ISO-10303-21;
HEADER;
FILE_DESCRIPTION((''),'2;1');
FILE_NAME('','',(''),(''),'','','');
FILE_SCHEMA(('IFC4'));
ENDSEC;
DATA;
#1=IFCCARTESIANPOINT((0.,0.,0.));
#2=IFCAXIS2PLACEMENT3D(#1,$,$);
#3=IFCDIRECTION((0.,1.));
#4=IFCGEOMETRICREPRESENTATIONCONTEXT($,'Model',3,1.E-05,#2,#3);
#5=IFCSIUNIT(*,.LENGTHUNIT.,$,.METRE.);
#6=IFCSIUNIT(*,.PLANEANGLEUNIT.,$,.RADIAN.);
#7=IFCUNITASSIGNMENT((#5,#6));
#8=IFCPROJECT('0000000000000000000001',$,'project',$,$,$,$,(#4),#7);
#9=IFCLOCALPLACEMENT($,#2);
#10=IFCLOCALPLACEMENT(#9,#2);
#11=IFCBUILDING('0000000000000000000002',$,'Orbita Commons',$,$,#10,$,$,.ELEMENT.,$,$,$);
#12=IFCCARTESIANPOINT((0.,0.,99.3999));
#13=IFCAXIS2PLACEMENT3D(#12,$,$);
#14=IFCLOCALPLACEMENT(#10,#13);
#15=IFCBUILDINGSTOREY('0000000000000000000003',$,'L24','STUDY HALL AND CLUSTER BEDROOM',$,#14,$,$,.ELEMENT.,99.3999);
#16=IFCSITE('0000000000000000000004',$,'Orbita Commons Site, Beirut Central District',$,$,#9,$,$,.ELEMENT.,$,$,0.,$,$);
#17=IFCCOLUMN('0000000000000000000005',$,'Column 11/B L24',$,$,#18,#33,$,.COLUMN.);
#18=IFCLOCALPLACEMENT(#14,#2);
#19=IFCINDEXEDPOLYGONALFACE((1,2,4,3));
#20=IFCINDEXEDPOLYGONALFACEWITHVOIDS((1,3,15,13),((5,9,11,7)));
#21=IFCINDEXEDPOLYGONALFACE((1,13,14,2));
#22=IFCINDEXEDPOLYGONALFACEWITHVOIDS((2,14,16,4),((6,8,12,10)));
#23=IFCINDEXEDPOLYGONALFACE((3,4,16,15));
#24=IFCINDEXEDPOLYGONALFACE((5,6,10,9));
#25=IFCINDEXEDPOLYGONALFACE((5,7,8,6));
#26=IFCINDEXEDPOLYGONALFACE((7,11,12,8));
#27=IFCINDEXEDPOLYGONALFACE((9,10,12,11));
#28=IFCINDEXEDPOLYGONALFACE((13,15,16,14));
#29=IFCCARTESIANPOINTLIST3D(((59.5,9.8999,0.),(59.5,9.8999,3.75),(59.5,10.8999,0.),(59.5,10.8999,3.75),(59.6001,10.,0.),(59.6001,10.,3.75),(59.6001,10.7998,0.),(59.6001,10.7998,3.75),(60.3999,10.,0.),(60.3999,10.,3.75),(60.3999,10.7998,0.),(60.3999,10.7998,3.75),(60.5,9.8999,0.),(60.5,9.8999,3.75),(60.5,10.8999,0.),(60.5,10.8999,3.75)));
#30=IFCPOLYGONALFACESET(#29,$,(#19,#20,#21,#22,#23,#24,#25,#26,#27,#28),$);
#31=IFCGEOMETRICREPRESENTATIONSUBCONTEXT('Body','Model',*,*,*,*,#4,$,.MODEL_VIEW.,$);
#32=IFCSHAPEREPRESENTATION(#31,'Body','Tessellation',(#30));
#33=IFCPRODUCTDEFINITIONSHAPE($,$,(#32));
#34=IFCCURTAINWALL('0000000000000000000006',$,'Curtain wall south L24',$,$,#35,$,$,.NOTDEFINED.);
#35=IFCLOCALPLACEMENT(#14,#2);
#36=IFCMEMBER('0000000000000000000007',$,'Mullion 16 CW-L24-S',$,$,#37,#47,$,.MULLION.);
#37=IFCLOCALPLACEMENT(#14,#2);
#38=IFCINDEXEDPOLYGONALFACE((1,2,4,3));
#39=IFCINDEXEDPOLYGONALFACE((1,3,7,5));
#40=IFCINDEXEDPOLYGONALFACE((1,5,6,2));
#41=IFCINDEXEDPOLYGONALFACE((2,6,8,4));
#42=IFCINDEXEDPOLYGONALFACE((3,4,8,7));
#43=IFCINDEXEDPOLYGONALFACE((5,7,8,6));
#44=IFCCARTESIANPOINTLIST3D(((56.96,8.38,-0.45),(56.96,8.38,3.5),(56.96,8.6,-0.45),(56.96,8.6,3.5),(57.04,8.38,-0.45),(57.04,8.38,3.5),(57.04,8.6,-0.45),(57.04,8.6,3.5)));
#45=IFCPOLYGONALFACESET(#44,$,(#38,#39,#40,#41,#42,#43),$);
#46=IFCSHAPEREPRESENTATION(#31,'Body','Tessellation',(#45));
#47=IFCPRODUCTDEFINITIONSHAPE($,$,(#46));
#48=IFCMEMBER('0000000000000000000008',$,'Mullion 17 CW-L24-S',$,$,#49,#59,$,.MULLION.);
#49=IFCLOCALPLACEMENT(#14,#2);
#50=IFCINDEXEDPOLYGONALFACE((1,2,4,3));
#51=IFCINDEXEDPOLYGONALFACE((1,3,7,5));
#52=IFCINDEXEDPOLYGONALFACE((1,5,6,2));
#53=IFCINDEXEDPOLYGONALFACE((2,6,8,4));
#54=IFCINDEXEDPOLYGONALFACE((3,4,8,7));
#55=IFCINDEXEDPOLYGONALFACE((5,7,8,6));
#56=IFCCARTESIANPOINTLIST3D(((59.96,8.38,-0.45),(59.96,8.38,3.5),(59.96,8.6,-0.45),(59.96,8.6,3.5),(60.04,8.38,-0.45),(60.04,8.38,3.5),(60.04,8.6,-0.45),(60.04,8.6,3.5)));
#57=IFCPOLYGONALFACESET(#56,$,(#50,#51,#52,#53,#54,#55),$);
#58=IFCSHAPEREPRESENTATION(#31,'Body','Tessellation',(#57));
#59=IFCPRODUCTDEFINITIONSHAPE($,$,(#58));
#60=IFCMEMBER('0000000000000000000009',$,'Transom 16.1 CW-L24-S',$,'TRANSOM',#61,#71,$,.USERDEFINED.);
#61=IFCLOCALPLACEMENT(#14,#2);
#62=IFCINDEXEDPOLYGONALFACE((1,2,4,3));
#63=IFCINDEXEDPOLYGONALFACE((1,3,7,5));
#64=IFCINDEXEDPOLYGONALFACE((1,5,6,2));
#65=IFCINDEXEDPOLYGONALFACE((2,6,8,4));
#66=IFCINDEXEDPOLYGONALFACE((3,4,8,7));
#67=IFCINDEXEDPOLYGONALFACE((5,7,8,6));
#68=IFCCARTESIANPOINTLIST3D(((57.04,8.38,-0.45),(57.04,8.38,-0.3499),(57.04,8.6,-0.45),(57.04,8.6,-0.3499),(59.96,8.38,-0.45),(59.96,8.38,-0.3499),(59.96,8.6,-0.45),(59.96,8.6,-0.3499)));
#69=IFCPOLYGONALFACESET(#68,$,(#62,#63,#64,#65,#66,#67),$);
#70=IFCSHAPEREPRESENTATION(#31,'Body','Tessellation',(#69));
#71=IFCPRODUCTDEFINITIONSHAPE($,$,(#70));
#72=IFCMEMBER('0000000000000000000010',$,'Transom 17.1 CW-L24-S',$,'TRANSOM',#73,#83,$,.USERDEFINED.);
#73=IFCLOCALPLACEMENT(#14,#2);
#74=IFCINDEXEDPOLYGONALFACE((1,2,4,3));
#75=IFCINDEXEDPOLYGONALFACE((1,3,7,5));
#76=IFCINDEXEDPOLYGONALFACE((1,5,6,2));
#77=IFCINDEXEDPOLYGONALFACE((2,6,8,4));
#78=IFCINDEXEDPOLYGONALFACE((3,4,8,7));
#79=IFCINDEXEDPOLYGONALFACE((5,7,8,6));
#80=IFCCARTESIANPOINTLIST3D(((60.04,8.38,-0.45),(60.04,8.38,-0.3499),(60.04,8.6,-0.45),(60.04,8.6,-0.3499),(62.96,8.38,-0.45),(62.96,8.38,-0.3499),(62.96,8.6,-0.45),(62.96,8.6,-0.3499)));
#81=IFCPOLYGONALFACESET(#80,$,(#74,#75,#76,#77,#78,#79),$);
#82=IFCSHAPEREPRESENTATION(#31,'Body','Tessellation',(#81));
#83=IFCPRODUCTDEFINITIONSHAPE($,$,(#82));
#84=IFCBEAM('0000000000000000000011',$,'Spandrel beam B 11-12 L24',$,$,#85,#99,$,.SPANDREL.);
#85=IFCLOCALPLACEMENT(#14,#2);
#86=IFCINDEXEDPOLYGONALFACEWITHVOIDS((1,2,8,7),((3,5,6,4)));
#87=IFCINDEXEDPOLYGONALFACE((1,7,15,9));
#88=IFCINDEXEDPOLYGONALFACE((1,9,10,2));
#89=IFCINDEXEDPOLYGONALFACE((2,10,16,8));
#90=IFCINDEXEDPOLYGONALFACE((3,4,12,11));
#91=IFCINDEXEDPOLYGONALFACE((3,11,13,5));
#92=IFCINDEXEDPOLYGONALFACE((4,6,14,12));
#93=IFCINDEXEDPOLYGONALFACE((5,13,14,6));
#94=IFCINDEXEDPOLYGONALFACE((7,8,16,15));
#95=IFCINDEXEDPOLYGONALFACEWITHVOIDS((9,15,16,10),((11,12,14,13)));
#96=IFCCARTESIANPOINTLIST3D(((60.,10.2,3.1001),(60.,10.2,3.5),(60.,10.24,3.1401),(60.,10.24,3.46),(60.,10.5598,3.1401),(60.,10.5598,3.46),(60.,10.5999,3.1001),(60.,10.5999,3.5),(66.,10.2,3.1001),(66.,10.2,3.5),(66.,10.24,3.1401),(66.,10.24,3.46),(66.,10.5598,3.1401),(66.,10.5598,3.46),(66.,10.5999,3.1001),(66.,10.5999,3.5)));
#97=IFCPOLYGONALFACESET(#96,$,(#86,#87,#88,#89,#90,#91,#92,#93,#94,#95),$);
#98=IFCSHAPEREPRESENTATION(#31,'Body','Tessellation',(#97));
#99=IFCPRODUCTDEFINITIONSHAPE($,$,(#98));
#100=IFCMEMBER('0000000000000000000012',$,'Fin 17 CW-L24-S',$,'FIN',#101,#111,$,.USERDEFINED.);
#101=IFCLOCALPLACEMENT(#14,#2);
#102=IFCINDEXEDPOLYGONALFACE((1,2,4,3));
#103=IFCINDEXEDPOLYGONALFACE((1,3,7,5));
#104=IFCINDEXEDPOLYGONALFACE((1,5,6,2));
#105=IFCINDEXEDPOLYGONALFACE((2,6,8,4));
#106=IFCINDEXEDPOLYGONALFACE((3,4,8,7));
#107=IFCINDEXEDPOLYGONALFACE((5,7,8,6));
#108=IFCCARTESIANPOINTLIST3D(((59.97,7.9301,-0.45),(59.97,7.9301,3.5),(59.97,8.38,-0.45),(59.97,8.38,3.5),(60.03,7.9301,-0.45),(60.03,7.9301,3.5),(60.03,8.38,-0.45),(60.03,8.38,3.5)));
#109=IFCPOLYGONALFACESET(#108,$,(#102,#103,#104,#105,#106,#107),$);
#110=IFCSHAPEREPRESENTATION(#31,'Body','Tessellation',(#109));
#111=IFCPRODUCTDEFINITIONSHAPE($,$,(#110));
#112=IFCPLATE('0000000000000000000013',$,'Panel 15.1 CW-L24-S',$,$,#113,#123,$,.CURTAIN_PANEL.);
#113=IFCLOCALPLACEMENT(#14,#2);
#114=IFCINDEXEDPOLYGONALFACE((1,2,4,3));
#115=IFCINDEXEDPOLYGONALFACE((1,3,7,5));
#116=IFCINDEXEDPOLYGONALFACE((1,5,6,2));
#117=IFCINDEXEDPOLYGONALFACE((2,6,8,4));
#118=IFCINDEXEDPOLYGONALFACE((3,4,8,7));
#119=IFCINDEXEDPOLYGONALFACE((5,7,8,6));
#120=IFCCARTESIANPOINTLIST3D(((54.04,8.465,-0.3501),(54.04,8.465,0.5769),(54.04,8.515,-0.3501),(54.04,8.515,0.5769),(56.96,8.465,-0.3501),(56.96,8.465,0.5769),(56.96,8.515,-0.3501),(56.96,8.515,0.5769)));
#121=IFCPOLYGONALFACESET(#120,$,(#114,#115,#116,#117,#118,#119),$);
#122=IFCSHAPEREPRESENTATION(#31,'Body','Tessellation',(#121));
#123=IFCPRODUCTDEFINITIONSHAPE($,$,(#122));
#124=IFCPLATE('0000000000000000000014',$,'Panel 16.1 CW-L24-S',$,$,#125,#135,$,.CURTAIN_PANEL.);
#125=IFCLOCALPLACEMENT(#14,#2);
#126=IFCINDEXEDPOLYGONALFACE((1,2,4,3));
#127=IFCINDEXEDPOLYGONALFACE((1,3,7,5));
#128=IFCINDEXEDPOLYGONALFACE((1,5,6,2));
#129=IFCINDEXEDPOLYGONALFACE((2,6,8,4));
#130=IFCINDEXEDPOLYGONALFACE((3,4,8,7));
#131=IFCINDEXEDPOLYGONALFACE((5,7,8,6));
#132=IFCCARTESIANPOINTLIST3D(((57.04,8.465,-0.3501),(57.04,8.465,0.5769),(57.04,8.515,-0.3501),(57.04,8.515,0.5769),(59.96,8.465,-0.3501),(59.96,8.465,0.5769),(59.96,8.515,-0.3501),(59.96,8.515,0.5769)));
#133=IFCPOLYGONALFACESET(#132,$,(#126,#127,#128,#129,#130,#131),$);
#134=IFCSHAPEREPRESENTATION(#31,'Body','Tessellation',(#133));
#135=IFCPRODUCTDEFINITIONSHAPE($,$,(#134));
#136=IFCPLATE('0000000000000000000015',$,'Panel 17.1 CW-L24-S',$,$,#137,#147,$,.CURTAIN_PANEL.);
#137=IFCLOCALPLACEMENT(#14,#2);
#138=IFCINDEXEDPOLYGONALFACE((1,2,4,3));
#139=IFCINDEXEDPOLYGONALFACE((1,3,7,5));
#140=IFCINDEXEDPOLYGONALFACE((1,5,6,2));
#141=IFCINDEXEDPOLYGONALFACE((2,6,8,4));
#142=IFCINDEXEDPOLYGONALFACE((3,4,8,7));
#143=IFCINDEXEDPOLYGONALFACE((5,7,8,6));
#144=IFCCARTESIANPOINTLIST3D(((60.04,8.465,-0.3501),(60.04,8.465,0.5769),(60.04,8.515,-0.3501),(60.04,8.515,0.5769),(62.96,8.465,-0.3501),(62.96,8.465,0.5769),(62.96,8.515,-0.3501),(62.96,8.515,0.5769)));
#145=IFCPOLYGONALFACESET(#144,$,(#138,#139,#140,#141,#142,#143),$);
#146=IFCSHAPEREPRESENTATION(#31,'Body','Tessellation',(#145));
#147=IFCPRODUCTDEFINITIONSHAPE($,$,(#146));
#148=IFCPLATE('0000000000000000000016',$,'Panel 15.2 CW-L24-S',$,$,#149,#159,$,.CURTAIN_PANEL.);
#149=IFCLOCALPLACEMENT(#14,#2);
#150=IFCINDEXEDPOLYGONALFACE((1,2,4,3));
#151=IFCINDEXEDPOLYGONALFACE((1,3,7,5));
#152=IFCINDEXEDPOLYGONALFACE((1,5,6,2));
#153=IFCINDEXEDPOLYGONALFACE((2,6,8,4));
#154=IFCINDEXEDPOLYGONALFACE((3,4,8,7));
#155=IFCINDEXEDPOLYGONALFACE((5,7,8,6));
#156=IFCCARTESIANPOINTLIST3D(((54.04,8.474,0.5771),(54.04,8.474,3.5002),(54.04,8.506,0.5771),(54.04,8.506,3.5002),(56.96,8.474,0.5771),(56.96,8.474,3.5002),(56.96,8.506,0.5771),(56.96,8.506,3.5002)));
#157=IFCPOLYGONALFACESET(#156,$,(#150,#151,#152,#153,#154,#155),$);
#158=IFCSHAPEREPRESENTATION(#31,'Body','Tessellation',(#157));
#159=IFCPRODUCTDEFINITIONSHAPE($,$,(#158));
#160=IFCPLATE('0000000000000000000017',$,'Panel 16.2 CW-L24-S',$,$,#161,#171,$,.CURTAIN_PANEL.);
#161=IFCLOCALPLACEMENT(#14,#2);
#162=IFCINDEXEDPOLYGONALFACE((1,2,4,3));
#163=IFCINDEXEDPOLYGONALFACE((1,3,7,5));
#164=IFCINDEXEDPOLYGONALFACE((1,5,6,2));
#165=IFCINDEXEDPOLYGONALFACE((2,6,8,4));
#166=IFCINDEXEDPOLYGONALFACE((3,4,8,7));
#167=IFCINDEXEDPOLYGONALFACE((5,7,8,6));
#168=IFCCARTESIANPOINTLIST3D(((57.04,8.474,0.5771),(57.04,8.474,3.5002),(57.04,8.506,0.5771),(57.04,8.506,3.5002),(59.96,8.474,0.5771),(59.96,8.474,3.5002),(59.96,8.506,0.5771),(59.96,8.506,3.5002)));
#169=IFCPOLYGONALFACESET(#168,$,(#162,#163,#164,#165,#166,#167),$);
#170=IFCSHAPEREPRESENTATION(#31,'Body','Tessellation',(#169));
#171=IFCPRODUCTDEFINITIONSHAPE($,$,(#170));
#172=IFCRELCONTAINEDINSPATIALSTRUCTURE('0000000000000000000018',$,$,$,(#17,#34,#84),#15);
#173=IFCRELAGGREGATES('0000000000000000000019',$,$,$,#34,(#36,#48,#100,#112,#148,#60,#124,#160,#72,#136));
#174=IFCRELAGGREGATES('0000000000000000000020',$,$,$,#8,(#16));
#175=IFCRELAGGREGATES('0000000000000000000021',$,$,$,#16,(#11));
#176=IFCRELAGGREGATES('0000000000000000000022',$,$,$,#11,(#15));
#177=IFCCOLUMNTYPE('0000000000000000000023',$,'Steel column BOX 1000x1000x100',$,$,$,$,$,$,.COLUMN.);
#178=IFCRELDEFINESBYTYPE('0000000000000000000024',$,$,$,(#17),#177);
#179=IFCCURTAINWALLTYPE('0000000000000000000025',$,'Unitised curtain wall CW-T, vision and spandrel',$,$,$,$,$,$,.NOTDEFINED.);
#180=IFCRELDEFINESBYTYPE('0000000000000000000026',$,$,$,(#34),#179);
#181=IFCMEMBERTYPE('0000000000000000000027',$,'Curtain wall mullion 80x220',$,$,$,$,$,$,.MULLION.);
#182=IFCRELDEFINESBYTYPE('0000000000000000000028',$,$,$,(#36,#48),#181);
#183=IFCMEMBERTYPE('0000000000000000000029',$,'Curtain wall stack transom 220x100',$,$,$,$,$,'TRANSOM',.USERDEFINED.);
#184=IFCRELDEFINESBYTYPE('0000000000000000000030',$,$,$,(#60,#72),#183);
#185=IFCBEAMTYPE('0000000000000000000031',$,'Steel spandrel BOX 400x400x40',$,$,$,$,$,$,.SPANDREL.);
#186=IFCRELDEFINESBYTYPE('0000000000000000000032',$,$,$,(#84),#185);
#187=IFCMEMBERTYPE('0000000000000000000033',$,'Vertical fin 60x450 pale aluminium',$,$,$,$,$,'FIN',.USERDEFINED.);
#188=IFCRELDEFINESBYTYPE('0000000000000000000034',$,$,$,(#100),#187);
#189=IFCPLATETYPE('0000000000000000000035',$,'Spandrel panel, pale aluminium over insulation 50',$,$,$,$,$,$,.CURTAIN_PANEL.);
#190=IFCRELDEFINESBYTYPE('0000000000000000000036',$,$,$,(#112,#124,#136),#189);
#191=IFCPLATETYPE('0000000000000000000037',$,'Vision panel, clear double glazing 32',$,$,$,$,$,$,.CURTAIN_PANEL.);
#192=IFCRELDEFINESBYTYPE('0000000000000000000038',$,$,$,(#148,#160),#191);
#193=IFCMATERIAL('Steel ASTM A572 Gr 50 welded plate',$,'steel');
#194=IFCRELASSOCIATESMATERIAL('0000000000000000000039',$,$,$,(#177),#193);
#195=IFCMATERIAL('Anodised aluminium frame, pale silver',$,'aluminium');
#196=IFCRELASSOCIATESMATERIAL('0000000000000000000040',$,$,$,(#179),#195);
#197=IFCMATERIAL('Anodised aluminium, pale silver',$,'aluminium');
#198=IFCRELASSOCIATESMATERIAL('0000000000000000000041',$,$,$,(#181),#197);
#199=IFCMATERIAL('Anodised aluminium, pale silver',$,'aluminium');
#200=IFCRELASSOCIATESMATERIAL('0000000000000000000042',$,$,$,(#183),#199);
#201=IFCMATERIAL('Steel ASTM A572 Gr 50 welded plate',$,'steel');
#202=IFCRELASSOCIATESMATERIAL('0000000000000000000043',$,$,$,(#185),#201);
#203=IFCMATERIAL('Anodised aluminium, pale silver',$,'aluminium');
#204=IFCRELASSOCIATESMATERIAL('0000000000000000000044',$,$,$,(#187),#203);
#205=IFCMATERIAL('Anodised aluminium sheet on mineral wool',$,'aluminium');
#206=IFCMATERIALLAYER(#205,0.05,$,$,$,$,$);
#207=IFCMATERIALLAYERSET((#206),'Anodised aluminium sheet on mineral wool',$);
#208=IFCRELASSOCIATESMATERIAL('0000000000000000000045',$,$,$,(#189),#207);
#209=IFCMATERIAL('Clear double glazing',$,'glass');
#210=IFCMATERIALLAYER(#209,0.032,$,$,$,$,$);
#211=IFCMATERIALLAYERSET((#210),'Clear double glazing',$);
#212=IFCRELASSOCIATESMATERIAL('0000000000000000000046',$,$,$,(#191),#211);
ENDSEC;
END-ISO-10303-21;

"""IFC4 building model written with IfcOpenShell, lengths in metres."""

from ifc_helpers import new_model, si_unit, direction, frame, origin, origin_2d, place, context, subcontext, project, spatial, rectangle, hollow_rectangle, extrude, material, layer, layer_set, material_profile, profile_set, type_object, element, aggregate, save


model = new_model("IFC4")

# Units and contexts
model_context = context("Model", 3, precision=1e-05, world=origin(), true_north=direction((0.0, 1.0)))
body_context = subcontext(model_context, "Body", "Model", "MODEL_VIEW")
ifc_project = project(units=[si_unit("LENGTHUNIT", "METRE"), si_unit("PLANEANGLEUNIT", "RADIAN")], contexts=[model_context])

# Site, building, storey
site_placement = place(None, origin())
site = spatial("IfcSite", under=ifc_project, at=site_placement, Name="Orbita Commons Site, Beirut Central District", CompositionType="ELEMENT", RefElevation=0.0)
building_placement = place(site_placement, origin())
building = spatial("IfcBuilding", under=site, at=building_placement, Name="Orbita Commons", CompositionType="ELEMENT")
storey_placement = place(building_placement, frame((0.0, 0.0, 99.3999)))
storey = spatial("IfcBuildingStorey", under=building, at=storey_placement, Name="L24", Description="STUDY HALL AND CLUSTER BEDROOM", CompositionType="ELEMENT", Elevation=99.3999)

# Column
ifc_material_1 = material(Name="Steel ASTM A572 Gr 50 welded plate", Category="steel")
ifc_material_profile_1 = material_profile(ifc_material_1, hollow_rectangle(XDim=1.0, YDim=1.0, WallThickness=0.1001, at=origin_2d()), Name="BOX 1000x1000x100")
ifc_profile_set_1 = profile_set([ifc_material_profile_1], Name="Steel ASTM A572 Gr 50 welded plate")
column_type = type_object("IfcColumnType", Name="Steel column BOX 1000x1000x100", PredefinedType="COLUMN", material=ifc_profile_set_1)
column_placement = place(storey_placement, frame((60.0, 10.3999, 0.0), z_axis=(0.0, 0.0, 1.0), x_axis=(1.0, 0.0, 0.0)))
element("IfcColumn", 1, at=column_placement, inside=storey, type_object=column_type, Name="Column 11/B L24", PredefinedType="COLUMN", context=body_context, shape_type="SweptSolid", body=[
    extrude(hollow_rectangle(XDim=1.0, YDim=1.0, WallThickness=0.1001, at=origin_2d()), origin(), (0.0, 0.0, 1.0), 3.75),
])

# Curtain wall, members
ifc_material_2 = material(Name="Anodised aluminium frame, pale silver", Category="aluminium")
curtain_wall_type = type_object("IfcCurtainWallType", Name="Unitised curtain wall CW-T, vision and spandrel", PredefinedType="NOTDEFINED", material=ifc_material_2)
curtain_wall_placement = place(storey_placement, origin())
curtain_wall = element("IfcCurtainWall", 2, at=curtain_wall_placement, inside=storey, type_object=curtain_wall_type, Name="Curtain wall south L24", PredefinedType="NOTDEFINED")
ifc_material_3 = material(Name="Anodised aluminium, pale silver", Category="aluminium")
ifc_material_profile_2 = material_profile(ifc_material_3, rectangle(XDim=0.0801, YDim=0.22, at=origin_2d()), Name="AL 80x220")
ifc_profile_set_2 = profile_set([ifc_material_profile_2], Name="Anodised aluminium, pale silver")
member_type_1 = type_object("IfcMemberType", Name="Curtain wall mullion 80x220", PredefinedType="MULLION", material=ifc_profile_set_2)
member_1_placement = place(storey_placement, frame((57.0, 8.49, -0.45), z_axis=(0.0, 0.0, 1.0), x_axis=(1.0, 0.0, 0.0)))
member_1 = element("IfcMember", 3, at=member_1_placement, type_object=member_type_1, Name="Mullion 16 CW-L24-S", PredefinedType="MULLION", context=body_context, shape_type="SweptSolid", body=[
    extrude(rectangle(XDim=0.0801, YDim=0.22, at=origin_2d()), origin(), (0.0, 0.0, 1.0), 3.95),
])
member_2_placement = place(storey_placement, frame((60.0, 8.49, -0.45), z_axis=(0.0, 0.0, 1.0), x_axis=(1.0, 0.0, 0.0)))
member_2 = element("IfcMember", 4, at=member_2_placement, type_object=member_type_1, Name="Mullion 17 CW-L24-S", PredefinedType="MULLION", context=body_context, shape_type="SweptSolid", body=[
    extrude(rectangle(XDim=0.0801, YDim=0.22, at=origin_2d()), origin(), (0.0, 0.0, 1.0), 3.95),
])
ifc_material_4 = material(Name="Anodised aluminium, pale silver", Category="aluminium")
ifc_material_profile_3 = material_profile(ifc_material_4, rectangle(XDim=0.22, YDim=0.1001, at=origin_2d()), Name="AL 220x100")
ifc_profile_set_3 = profile_set([ifc_material_profile_3], Name="Anodised aluminium, pale silver")
member_type_2 = type_object("IfcMemberType", Name="Curtain wall stack transom 220x100", ElementType="TRANSOM", PredefinedType="USERDEFINED", material=ifc_profile_set_3)
member_3_placement = place(storey_placement, frame((57.04, 8.49, -0.3999), z_axis=(1.0, 0.0, 0.0), x_axis=(0.0, 1.0, 0.0)))
member_3 = element("IfcMember", 5, at=member_3_placement, type_object=member_type_2, Name="Transom 16.1 CW-L24-S", ObjectType="TRANSOM", PredefinedType="USERDEFINED", context=body_context, shape_type="SweptSolid", body=[
    extrude(rectangle(XDim=0.22, YDim=0.1001, at=origin_2d()), origin(), (0.0, 0.0, 1.0), 2.9199),
])
member_4_placement = place(storey_placement, frame((60.04, 8.49, -0.3999), z_axis=(1.0, 0.0, 0.0), x_axis=(0.0, 1.0, 0.0)))
member_4 = element("IfcMember", 6, at=member_4_placement, type_object=member_type_2, Name="Transom 17.1 CW-L24-S", ObjectType="TRANSOM", PredefinedType="USERDEFINED", context=body_context, shape_type="SweptSolid", body=[
    extrude(rectangle(XDim=0.22, YDim=0.1001, at=origin_2d()), origin(), (0.0, 0.0, 1.0), 2.9199),
])

# Beam
ifc_material_5 = material(Name="Steel ASTM A572 Gr 50 welded plate", Category="steel")
ifc_material_profile_4 = material_profile(ifc_material_5, hollow_rectangle(XDim=0.3999, YDim=0.3999, WallThickness=0.04, at=origin_2d()), Name="BOX 400x400x40")
ifc_profile_set_4 = profile_set([ifc_material_profile_4], Name="Steel ASTM A572 Gr 50 welded plate")
beam_type = type_object("IfcBeamType", Name="Steel spandrel BOX 400x400x40", PredefinedType="SPANDREL", material=ifc_profile_set_4)
beam_placement = place(storey_placement, frame((60.0, 10.3999, 3.3), z_axis=(1.0, 0.0, 0.0), x_axis=(0.0, 1.0, 0.0)))
element("IfcBeam", 7, at=beam_placement, inside=storey, type_object=beam_type, Name="Spandrel beam B 11-12 L24", PredefinedType="SPANDREL", context=body_context, shape_type="SweptSolid", body=[
    extrude(hollow_rectangle(XDim=0.3999, YDim=0.3999, WallThickness=0.04, at=origin_2d()), origin(), (0.0, 0.0, 1.0), 6.0),
])

# Member
ifc_material_6 = material(Name="Anodised aluminium, pale silver", Category="aluminium")
ifc_material_profile_5 = material_profile(ifc_material_6, rectangle(XDim=0.0601, YDim=0.45, at=origin_2d()), Name="FIN 60x450")
ifc_profile_set_5 = profile_set([ifc_material_profile_5], Name="Anodised aluminium, pale silver")
member_type_3 = type_object("IfcMemberType", Name="Vertical fin 60x450 pale aluminium", ElementType="FIN", PredefinedType="USERDEFINED", material=ifc_profile_set_5)
member_5_placement = place(storey_placement, frame((60.0, 8.155, -0.45), z_axis=(0.0, 0.0, 1.0), x_axis=(1.0, 0.0, 0.0)))
member_5 = element("IfcMember", 8, at=member_5_placement, type_object=member_type_3, Name="Fin 17 CW-L24-S", ObjectType="FIN", PredefinedType="USERDEFINED", context=body_context, shape_type="SweptSolid", body=[
    extrude(rectangle(XDim=0.0601, YDim=0.45, at=origin_2d()), origin(), (0.0, 0.0, 1.0), 3.95),
])

# Plates
ifc_material_7 = material(Name="Anodised aluminium sheet on mineral wool", Category="aluminium")
ifc_layer_1 = layer(ifc_material_7, 0.05)
ifc_layer_set_1 = layer_set([ifc_layer_1], Name="Anodised aluminium sheet on mineral wool")
plate_type_1 = type_object("IfcPlateType", Name="Spandrel panel, pale aluminium over insulation 50", PredefinedType="CURTAIN_PANEL", material=ifc_layer_set_1)
plate_1_placement = place(storey_placement, frame((55.5, 8.49, -0.3501), z_axis=(0.0, 0.0, 1.0), x_axis=(1.0, 0.0, 0.0)))
plate_1 = element("IfcPlate", 9, at=plate_1_placement, type_object=plate_type_1, Name="Panel 15.1 CW-L24-S", PredefinedType="CURTAIN_PANEL", context=body_context, shape_type="SweptSolid", body=[
    extrude(rectangle(XDim=2.9199, YDim=0.05, at=origin_2d()), origin(), (0.0, 0.0, 1.0), 0.927),
])
plate_2_placement = place(storey_placement, frame((58.5, 8.49, -0.3501), z_axis=(0.0, 0.0, 1.0), x_axis=(1.0, 0.0, 0.0)))
plate_2 = element("IfcPlate", 10, at=plate_2_placement, type_object=plate_type_1, Name="Panel 16.1 CW-L24-S", PredefinedType="CURTAIN_PANEL", context=body_context, shape_type="SweptSolid", body=[
    extrude(rectangle(XDim=2.9199, YDim=0.05, at=origin_2d()), origin(), (0.0, 0.0, 1.0), 0.927),
])
plate_3_placement = place(storey_placement, frame((61.5, 8.49, -0.3501), z_axis=(0.0, 0.0, 1.0), x_axis=(1.0, 0.0, 0.0)))
plate_3 = element("IfcPlate", 11, at=plate_3_placement, type_object=plate_type_1, Name="Panel 17.1 CW-L24-S", PredefinedType="CURTAIN_PANEL", context=body_context, shape_type="SweptSolid", body=[
    extrude(rectangle(XDim=2.9199, YDim=0.05, at=origin_2d()), origin(), (0.0, 0.0, 1.0), 0.927),
])
ifc_material_8 = material(Name="Clear double glazing", Category="glass")
ifc_layer_2 = layer(ifc_material_8, 0.032)
ifc_layer_set_2 = layer_set([ifc_layer_2], Name="Clear double glazing")
plate_type_2 = type_object("IfcPlateType", Name="Vision panel, clear double glazing 32", PredefinedType="CURTAIN_PANEL", material=ifc_layer_set_2)
plate_4_placement = place(storey_placement, frame((55.5, 8.49, 0.5771), z_axis=(0.0, 0.0, 1.0), x_axis=(1.0, 0.0, 0.0)))
plate_4 = element("IfcPlate", 12, at=plate_4_placement, type_object=plate_type_2, Name="Panel 15.2 CW-L24-S", PredefinedType="CURTAIN_PANEL", context=body_context, shape_type="SweptSolid", body=[
    extrude(rectangle(XDim=2.9199, YDim=0.032, at=origin_2d()), origin(), (0.0, 0.0, 1.0), 2.9231),
])
plate_5_placement = place(storey_placement, frame((58.5, 8.49, 0.5771), z_axis=(0.0, 0.0, 1.0), x_axis=(1.0, 0.0, 0.0)))
plate_5 = element("IfcPlate", 13, at=plate_5_placement, type_object=plate_type_2, Name="Panel 16.2 CW-L24-S", PredefinedType="CURTAIN_PANEL", context=body_context, shape_type="SweptSolid", body=[
    extrude(rectangle(XDim=2.9199, YDim=0.032, at=origin_2d()), origin(), (0.0, 0.0, 1.0), 2.9231),
])
aggregate(curtain_wall, [member_1, member_2, member_5, plate_1, plate_4, member_3, plate_2, plate_5, member_4, plate_3])

save(model, "model.ifc")
